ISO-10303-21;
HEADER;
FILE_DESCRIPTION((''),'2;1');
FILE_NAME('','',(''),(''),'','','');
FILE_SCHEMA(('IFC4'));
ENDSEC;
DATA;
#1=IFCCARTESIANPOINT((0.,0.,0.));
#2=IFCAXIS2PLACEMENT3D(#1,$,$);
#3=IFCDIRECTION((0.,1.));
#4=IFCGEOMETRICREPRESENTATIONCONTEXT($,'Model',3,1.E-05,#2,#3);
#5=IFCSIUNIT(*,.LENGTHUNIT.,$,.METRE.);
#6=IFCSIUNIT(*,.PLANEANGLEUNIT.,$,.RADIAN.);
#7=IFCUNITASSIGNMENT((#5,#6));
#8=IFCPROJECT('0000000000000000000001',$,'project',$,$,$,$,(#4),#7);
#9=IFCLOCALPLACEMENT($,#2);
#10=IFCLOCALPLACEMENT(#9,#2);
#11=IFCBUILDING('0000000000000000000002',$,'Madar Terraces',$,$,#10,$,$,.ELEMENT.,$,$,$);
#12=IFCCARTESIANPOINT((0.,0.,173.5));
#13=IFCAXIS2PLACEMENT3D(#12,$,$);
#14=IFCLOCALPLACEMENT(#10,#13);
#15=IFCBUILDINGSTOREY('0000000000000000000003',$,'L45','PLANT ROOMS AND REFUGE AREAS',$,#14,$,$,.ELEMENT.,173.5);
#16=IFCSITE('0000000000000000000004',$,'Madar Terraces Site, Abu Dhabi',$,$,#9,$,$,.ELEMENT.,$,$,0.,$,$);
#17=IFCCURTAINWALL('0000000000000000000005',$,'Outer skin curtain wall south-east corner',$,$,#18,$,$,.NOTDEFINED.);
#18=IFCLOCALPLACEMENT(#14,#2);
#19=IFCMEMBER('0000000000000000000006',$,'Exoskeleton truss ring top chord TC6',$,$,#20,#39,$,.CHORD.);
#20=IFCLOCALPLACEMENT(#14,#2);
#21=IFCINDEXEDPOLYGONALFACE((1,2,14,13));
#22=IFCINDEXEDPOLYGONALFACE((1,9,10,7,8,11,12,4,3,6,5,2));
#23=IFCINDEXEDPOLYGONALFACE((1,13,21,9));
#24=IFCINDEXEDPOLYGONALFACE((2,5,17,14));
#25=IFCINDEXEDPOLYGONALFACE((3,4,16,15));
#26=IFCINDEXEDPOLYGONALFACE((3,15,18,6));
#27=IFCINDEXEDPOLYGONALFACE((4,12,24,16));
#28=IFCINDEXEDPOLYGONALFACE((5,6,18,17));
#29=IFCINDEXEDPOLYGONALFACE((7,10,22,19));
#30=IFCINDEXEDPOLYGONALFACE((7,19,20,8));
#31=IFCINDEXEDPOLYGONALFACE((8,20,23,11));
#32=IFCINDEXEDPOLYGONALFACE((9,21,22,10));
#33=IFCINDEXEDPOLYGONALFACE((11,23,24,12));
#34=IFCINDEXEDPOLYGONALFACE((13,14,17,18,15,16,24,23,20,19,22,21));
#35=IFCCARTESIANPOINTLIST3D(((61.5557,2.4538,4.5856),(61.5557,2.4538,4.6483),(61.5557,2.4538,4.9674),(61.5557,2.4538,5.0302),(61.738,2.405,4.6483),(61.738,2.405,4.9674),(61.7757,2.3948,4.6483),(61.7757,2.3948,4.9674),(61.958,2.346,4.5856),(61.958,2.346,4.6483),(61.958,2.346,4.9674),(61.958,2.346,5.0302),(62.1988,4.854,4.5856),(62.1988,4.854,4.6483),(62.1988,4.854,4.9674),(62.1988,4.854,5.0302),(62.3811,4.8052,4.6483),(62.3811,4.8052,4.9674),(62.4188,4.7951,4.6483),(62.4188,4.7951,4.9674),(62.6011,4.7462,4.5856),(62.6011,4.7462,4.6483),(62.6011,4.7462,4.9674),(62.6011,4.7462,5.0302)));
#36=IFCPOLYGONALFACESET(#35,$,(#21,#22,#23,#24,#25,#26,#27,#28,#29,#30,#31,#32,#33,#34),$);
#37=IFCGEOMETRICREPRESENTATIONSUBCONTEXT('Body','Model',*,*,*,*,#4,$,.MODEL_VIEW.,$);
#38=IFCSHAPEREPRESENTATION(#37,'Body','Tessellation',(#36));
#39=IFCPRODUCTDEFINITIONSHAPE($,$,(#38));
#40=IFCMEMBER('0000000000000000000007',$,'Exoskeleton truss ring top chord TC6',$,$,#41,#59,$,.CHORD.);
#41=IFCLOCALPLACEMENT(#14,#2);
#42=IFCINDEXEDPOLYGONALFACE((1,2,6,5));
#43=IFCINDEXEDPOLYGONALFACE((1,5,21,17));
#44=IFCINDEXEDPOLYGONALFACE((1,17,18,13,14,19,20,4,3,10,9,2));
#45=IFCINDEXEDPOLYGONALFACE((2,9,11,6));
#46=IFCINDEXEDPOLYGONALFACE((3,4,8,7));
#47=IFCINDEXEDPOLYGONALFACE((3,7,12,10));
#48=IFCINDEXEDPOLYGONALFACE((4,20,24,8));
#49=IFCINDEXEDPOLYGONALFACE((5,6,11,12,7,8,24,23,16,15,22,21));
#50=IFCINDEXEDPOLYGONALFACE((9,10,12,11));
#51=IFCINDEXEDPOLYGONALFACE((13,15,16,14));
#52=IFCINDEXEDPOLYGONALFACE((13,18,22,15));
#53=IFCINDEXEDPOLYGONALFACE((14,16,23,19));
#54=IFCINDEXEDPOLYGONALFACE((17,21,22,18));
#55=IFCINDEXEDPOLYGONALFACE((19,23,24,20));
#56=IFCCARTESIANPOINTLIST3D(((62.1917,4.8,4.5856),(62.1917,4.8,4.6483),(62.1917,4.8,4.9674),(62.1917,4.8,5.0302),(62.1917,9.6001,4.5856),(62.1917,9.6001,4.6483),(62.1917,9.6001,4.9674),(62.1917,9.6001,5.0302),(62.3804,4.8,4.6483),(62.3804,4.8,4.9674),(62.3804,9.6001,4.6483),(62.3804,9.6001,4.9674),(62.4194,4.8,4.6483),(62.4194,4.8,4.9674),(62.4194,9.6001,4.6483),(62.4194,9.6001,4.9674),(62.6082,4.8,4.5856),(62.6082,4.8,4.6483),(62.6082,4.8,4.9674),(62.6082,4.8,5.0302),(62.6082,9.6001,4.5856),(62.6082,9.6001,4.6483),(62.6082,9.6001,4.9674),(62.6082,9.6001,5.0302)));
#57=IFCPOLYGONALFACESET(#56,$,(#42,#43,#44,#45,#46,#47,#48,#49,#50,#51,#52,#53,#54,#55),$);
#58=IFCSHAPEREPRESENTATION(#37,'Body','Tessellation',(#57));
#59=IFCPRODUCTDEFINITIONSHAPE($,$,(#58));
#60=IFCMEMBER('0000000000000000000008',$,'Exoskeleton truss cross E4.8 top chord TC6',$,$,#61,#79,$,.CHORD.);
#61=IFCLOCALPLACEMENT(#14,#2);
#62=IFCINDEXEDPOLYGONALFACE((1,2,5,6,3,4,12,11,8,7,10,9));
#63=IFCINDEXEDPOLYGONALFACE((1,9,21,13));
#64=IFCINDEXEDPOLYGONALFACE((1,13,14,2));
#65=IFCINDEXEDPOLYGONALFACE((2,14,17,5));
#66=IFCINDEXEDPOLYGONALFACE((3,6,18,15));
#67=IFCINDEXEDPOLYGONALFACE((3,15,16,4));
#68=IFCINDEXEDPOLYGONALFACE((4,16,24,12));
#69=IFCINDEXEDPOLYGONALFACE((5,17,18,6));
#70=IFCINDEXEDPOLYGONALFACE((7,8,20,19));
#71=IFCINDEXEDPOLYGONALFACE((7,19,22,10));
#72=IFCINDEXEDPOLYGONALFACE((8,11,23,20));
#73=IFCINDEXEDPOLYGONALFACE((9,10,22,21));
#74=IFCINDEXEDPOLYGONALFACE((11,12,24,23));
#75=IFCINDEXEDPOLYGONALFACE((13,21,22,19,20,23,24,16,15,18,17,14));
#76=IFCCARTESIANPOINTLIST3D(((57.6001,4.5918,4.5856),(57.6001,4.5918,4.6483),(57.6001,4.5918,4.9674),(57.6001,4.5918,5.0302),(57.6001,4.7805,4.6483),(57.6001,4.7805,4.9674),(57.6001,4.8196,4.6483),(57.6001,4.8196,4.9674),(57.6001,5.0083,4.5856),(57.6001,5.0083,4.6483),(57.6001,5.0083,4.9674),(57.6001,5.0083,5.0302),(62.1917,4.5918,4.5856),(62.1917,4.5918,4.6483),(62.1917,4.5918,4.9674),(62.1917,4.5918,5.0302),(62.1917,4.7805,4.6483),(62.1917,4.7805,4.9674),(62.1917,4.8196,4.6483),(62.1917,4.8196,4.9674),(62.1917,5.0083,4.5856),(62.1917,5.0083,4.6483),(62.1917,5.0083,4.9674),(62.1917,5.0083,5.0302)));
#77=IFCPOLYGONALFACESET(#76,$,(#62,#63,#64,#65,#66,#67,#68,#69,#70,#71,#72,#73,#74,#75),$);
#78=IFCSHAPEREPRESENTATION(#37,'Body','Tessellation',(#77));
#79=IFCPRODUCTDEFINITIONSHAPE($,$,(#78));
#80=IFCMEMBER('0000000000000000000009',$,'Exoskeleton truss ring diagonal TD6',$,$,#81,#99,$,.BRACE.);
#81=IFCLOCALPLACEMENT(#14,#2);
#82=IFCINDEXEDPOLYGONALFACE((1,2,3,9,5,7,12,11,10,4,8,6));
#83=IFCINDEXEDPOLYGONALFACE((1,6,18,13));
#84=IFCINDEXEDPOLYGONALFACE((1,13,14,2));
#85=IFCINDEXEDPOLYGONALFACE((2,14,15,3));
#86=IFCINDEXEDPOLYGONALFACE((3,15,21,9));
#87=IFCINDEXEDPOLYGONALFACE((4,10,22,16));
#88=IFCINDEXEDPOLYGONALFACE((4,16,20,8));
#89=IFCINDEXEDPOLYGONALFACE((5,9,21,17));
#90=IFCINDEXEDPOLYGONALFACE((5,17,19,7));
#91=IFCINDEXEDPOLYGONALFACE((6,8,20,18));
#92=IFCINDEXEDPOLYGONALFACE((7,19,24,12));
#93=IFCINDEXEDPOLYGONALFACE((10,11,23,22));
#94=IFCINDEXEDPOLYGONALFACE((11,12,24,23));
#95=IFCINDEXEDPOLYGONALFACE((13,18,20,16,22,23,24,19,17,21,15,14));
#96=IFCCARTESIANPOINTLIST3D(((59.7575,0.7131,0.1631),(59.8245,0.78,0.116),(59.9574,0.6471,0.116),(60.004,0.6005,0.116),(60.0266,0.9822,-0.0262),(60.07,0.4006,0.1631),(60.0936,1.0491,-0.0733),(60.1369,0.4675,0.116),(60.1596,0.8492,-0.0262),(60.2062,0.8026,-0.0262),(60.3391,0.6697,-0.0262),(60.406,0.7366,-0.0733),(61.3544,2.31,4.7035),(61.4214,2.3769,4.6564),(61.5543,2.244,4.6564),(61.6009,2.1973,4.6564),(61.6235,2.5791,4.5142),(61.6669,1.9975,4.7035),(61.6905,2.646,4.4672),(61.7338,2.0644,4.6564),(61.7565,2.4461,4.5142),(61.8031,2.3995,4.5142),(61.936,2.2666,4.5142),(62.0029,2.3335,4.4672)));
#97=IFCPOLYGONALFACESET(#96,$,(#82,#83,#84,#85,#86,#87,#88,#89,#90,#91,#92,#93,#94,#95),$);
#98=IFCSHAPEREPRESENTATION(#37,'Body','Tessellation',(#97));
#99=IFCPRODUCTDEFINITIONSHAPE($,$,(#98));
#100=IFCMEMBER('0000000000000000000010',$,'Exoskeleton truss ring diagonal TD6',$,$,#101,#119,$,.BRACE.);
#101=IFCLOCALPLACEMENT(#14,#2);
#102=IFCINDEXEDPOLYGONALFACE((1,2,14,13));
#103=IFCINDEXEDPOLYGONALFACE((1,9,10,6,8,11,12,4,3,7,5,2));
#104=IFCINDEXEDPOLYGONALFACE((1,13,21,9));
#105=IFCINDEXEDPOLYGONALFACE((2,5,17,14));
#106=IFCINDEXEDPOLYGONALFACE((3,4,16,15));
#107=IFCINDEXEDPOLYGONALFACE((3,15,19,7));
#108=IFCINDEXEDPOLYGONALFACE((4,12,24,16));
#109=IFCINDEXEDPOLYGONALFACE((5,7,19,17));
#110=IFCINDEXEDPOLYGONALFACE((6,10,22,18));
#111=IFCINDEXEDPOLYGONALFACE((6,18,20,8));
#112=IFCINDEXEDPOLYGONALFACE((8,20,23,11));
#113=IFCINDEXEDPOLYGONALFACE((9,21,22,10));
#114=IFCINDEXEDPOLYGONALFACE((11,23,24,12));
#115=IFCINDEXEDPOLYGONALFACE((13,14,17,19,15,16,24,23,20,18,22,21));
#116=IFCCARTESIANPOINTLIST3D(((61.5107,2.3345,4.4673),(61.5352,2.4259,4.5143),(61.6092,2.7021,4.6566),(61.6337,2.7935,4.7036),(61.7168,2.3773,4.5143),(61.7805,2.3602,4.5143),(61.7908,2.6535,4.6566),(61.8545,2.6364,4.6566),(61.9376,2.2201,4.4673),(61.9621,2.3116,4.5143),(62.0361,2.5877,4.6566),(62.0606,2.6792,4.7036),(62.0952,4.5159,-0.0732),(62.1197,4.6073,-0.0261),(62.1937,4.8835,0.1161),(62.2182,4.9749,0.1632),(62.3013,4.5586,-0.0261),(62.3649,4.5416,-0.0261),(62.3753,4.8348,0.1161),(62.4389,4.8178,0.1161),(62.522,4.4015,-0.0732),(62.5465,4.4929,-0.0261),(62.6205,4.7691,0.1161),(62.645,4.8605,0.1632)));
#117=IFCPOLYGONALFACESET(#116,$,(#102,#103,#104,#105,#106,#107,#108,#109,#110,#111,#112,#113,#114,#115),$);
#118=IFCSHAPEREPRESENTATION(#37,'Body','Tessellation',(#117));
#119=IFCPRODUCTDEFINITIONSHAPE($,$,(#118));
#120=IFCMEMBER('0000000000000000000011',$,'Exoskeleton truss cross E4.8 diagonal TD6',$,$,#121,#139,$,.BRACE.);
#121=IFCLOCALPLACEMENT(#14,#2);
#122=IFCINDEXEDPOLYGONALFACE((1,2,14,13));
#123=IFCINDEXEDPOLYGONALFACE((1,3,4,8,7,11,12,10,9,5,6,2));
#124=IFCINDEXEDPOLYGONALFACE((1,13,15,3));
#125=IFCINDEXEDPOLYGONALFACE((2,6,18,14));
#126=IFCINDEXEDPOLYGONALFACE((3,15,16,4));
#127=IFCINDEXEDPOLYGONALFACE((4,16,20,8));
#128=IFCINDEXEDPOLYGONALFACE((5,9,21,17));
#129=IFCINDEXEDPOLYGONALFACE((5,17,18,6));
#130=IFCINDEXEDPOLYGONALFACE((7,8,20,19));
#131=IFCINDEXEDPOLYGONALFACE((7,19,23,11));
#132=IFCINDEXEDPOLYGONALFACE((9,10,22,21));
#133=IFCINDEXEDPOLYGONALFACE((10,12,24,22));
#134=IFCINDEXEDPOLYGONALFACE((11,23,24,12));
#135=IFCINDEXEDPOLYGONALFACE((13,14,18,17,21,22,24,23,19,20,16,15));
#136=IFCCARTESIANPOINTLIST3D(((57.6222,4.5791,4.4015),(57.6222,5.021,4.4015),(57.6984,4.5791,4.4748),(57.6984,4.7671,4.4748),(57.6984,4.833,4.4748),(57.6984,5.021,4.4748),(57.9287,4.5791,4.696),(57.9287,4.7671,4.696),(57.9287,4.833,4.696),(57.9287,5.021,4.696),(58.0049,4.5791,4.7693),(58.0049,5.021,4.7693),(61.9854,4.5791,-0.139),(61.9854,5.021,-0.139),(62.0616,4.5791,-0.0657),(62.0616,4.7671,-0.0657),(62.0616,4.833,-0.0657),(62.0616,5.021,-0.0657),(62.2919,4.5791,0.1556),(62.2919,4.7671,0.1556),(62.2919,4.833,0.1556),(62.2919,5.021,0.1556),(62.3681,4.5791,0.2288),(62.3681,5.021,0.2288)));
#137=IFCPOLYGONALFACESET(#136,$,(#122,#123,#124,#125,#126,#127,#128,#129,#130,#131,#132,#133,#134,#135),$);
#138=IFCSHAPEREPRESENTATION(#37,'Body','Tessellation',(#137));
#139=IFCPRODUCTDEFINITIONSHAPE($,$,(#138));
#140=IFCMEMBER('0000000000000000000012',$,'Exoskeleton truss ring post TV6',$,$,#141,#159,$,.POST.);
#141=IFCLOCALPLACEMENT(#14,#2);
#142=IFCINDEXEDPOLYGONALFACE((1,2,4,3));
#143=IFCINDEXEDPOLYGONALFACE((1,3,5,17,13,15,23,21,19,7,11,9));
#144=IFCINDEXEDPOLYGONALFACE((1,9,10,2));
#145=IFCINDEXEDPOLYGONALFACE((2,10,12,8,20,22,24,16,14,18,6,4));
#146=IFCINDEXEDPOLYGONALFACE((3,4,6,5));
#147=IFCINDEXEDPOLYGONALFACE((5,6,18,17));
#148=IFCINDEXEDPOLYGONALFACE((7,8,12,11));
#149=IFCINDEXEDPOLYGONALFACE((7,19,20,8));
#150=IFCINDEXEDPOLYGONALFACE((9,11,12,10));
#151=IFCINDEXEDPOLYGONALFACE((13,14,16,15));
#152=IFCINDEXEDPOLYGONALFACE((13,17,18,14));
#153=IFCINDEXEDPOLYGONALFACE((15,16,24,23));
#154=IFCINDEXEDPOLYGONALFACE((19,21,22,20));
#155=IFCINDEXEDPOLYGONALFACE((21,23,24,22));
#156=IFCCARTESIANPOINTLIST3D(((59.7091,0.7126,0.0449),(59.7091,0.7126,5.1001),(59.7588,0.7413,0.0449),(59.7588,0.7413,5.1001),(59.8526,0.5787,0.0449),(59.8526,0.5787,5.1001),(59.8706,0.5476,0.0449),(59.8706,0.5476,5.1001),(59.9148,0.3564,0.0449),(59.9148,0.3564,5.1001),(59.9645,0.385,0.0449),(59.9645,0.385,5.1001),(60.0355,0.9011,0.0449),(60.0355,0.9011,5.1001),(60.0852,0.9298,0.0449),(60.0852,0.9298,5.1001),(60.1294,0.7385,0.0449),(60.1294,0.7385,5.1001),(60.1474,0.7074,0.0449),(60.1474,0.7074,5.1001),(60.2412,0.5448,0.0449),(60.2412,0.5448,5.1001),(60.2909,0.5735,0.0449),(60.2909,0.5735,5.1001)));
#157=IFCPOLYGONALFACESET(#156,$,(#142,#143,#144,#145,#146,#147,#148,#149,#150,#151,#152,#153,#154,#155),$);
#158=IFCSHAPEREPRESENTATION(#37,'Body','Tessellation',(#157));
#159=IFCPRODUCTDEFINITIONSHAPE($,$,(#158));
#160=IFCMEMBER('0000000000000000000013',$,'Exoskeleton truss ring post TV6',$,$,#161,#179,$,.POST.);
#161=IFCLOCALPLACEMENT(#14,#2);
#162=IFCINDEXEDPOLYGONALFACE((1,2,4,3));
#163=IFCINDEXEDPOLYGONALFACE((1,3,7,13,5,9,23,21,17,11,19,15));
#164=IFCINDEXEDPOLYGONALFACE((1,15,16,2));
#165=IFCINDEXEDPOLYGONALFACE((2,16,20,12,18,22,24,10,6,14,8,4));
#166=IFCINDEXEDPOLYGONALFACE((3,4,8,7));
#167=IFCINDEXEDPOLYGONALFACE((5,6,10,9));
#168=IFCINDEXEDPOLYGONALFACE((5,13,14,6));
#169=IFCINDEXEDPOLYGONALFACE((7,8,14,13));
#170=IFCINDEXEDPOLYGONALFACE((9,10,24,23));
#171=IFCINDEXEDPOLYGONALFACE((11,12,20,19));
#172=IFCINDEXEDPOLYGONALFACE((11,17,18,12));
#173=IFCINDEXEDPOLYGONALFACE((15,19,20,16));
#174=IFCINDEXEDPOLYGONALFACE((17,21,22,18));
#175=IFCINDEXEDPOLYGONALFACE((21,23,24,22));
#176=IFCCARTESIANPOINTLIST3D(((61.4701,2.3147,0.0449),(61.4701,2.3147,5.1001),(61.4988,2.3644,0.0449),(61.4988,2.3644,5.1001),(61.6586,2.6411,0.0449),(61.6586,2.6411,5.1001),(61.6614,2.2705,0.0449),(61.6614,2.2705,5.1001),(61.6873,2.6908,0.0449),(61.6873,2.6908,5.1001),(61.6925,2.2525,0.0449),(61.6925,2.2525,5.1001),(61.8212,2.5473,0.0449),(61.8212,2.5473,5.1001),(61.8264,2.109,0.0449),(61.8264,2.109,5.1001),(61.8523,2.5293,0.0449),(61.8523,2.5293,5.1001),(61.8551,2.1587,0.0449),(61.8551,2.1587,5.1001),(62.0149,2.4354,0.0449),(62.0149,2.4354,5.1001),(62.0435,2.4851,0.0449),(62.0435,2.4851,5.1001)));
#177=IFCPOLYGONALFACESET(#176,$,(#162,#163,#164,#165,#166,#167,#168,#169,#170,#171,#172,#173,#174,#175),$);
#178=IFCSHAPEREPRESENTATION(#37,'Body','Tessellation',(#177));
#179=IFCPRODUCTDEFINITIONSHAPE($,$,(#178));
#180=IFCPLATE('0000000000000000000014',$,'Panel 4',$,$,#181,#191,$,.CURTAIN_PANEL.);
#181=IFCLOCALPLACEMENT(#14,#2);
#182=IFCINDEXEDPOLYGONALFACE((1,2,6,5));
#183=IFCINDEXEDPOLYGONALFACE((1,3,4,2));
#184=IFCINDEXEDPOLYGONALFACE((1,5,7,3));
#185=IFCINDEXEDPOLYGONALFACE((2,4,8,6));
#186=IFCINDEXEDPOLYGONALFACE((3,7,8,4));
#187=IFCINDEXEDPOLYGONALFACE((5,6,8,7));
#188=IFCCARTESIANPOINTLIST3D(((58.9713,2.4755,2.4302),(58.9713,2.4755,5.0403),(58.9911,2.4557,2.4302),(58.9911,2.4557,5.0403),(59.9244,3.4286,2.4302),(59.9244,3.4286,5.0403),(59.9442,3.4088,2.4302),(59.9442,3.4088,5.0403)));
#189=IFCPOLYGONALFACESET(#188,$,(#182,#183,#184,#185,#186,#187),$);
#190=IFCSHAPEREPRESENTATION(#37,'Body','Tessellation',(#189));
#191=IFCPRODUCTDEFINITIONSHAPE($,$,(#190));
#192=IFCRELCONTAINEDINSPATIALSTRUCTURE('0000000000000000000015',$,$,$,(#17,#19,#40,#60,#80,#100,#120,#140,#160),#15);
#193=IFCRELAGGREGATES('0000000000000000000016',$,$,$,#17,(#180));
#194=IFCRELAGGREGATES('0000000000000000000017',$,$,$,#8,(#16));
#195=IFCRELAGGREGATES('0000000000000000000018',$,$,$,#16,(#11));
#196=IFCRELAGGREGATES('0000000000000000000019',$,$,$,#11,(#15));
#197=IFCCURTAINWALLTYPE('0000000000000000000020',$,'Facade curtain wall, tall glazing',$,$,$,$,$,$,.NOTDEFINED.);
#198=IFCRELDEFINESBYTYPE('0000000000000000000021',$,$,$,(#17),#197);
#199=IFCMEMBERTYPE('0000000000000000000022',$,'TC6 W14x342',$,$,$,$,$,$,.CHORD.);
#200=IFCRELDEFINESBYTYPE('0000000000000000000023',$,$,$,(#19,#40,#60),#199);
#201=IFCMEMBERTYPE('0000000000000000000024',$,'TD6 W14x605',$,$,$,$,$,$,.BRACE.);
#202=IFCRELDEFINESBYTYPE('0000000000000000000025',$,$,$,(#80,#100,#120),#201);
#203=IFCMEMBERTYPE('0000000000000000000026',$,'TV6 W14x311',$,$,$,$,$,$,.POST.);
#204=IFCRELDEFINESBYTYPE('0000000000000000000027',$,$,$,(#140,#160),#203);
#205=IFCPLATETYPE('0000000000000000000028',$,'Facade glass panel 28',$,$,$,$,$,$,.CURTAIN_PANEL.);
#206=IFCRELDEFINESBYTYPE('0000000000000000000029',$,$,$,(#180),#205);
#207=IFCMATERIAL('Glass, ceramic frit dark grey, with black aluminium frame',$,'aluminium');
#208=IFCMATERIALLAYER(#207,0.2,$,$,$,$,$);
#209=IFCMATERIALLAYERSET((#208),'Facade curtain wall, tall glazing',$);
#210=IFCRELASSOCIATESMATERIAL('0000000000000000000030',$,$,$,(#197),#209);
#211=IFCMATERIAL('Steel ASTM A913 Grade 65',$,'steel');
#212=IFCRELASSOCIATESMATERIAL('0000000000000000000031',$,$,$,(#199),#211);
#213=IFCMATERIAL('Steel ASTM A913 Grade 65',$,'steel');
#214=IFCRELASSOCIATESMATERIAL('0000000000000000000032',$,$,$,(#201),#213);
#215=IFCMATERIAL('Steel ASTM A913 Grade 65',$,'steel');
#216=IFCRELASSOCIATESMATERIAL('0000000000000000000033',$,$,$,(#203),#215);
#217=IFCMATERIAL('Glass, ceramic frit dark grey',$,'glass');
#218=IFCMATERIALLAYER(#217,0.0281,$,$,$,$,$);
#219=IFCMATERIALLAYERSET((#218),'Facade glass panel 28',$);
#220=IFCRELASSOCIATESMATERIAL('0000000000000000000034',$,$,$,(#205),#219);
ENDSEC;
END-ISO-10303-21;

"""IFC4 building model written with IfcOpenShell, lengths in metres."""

from ifc_helpers import new_model, si_unit, direction, frame, origin, origin_2d, place, context, subcontext, project, spatial, rectangle, i_section, extrude, material, layer, layer_set, material_profile, profile_set, type_object, element, aggregate, save


model = new_model("IFC4")

# Units and contexts
model_context = context("Model", 3, precision=1e-05, world=origin(), true_north=direction((0.0, 1.0)))
body_context = subcontext(model_context, "Body", "Model", "MODEL_VIEW")
ifc_project = project(units=[si_unit("LENGTHUNIT", "METRE"), si_unit("PLANEANGLEUNIT", "RADIAN")], contexts=[model_context])

# Site, building, storey
site_placement = place(None, origin())
site = spatial("IfcSite", under=ifc_project, at=site_placement, Name="Madar Terraces Site, Abu Dhabi", CompositionType="ELEMENT", RefElevation=0.0)
building_placement = place(site_placement, origin())
building = spatial("IfcBuilding", under=site, at=building_placement, Name="Madar Terraces", CompositionType="ELEMENT")
storey_placement = place(building_placement, frame((0.0, 0.0, 173.5)))
storey = spatial("IfcBuildingStorey", under=building, at=storey_placement, Name="L45", Description="PLANT ROOMS AND REFUGE AREAS", CompositionType="ELEMENT", Elevation=173.5)

# Curtain wall
ifc_material_1 = material(Name="Glass, ceramic frit dark grey, with black aluminium frame", Category="aluminium")
ifc_layer_1 = layer(ifc_material_1, 0.2)
ifc_layer_set_1 = layer_set([ifc_layer_1], Name="Facade curtain wall, tall glazing")
curtain_wall_type = type_object("IfcCurtainWallType", Name="Facade curtain wall, tall glazing", PredefinedType="NOTDEFINED", material=ifc_layer_set_1)
curtain_wall_1_placement = place(storey_placement, origin())
curtain_wall_1 = element("IfcCurtainWall", 1, at=curtain_wall_1_placement, inside=storey, type_object=curtain_wall_type, Name="Outer skin curtain wall south-east corner", PredefinedType="NOTDEFINED")

# Members
ifc_material_2 = material(Name="Steel ASTM A913 Grade 65", Category="steel")
ifc_material_profile_1 = material_profile(ifc_material_2, i_section(OverallWidth=0.4165, OverallDepth=0.4446, WebThickness=0.0391, FlangeThickness=0.0627, at=origin_2d()), Name="W14x342")
ifc_profile_set_1 = profile_set([ifc_material_profile_1], Name="Steel ASTM A913 Grade 65")
member_type_1 = type_object("IfcMemberType", Name="TC6 W14x342", PredefinedType="CHORD", material=ifc_profile_set_1)
member_1_placement = place(storey_placement, frame((61.7568, 2.3999, 4.8079), z_axis=(0.2588, 0.965931, 0.0), x_axis=(-0.965931, 0.2588, 0.0)))
element("IfcMember", 2, at=member_1_placement, inside=storey, type_object=member_type_1, Name="Exoskeleton truss ring top chord TC6", PredefinedType="CHORD", context=body_context, shape_type="SweptSolid", body=[
    extrude(i_section(OverallWidth=0.4165, OverallDepth=0.4446, WebThickness=0.0391, FlangeThickness=0.0627, at=origin_2d()), origin(), (0.0, 0.0, 1.0), 2.4849),
])
member_2_placement = place(storey_placement, frame((62.3999, 4.8, 4.8079), z_axis=(0.0, 1.0, 0.0), x_axis=(-1.0, 0.0, 0.0)))
element("IfcMember", 3, at=member_2_placement, inside=storey, type_object=member_type_1, Name="Exoskeleton truss ring top chord TC6", PredefinedType="CHORD", context=body_context, shape_type="SweptSolid", body=[
    extrude(i_section(OverallWidth=0.4165, OverallDepth=0.4446, WebThickness=0.0391, FlangeThickness=0.0627, at=origin_2d()), origin(), (0.0, 0.0, 1.0), 4.8),
])
member_3_placement = place(storey_placement, frame((62.1917, 4.8, 4.8079), z_axis=(-1.0, 0.0, 0.0), x_axis=(0.0, -1.0, 0.0)))
element("IfcMember", 4, at=member_3_placement, inside=storey, type_object=member_type_1, Name="Exoskeleton truss cross E4.8 top chord TC6", PredefinedType="CHORD", context=body_context, shape_type="SweptSolid", body=[
    extrude(i_section(OverallWidth=0.4165, OverallDepth=0.4446, WebThickness=0.0391, FlangeThickness=0.0627, at=origin_2d()), origin(), (0.0, 0.0, 1.0), 4.5916),
])
ifc_material_3 = material(Name="Steel ASTM A913 Grade 65", Category="steel")
ifc_material_profile_2 = material_profile(ifc_material_3, i_section(OverallWidth=0.4419, OverallDepth=0.5308, WebThickness=0.0659, FlangeThickness=0.1057, at=origin_2d()), Name="W14x605")
ifc_profile_set_2 = profile_set([ifc_material_profile_2], Name="Steel ASTM A913 Grade 65")
member_type_2 = type_object("IfcMemberType", Name="TD6 W14x605", PredefinedType="BRACE", material=ifc_profile_set_2)
for number, where, z_axis, x_axis, name in (
    (5, (60.0818, 0.7249, 0.0449), (0.314903, 0.314903, 0.895362), (-0.707107, 0.707107, 0.0), "Exoskeleton truss ring diagonal TD6"),
    (6, (61.7856, 2.5068, 4.5854), (0.115255, 0.430159, -0.895366), (-0.965929, 0.258806, 0.0), "Exoskeleton truss ring diagonal TD6"),
):
    element("IfcMember", number, at=place(storey_placement, frame(where, z_axis=z_axis, x_axis=x_axis)), inside=storey, type_object=member_type_2, Name=name, PredefinedType="BRACE", context=body_context, shape_type="SweptSolid", body=[
        extrude(i_section(OverallWidth=0.4419, OverallDepth=0.5308, WebThickness=0.0659, FlangeThickness=0.1057, at=origin_2d()), origin(), (0.0, 0.0, 1.0), 5.071),
    ])
member_4_placement = place(storey_placement, frame((62.1768, 4.8, 0.0449), z_axis=(-0.692893, 0.0, 0.72104), x_axis=(0.0, -1.0, 0.0)))
element("IfcMember", 7, at=member_4_placement, inside=storey, type_object=member_type_2, Name="Exoskeleton truss cross E4.8 diagonal TD6", PredefinedType="BRACE", context=body_context, shape_type="SweptSolid", body=[
    extrude(i_section(OverallWidth=0.4419, OverallDepth=0.5308, WebThickness=0.0659, FlangeThickness=0.1057, at=origin_2d()), origin(), (0.0, 0.0, 1.0), 6.2971),
])
ifc_material_4 = material(Name="Steel ASTM A913 Grade 65", Category="steel")
ifc_material_profile_3 = material_profile(ifc_material_4, i_section(OverallWidth=0.4114, OverallDepth=0.4343, WebThickness=0.0359, FlangeThickness=0.0574, at=origin_2d()), Name="W14x311")
ifc_profile_set_3 = profile_set([ifc_material_profile_3], Name="Steel ASTM A913 Grade 65")
member_type_3 = type_object("IfcMemberType", Name="TV6 W14x311", PredefinedType="POST", material=ifc_profile_set_3)
for number, where, z_axis, x_axis, name in (
    (8, (60.0, 0.6431, 0.0449), (0.0, 0.0, 1.0), (-0.5, 0.866025, 0.0), "Exoskeleton truss ring post TV6"),
    (9, (61.7568, 2.3999, 0.0449), (0.0, 0.0, 1.0), (-0.866025, 0.5, 0.0), "Exoskeleton truss ring post TV6"),
):
    element("IfcMember", number, at=place(storey_placement, frame(where, z_axis=z_axis, x_axis=x_axis)), inside=storey, type_object=member_type_3, Name=name, PredefinedType="POST", context=body_context, shape_type="SweptSolid", body=[
        extrude(i_section(OverallWidth=0.4114, OverallDepth=0.4343, WebThickness=0.0359, FlangeThickness=0.0574, at=origin_2d()), origin(), (0.0, 0.0, 1.0), 5.0552),
    ])

# Plate
ifc_material_5 = material(Name="Glass, ceramic frit dark grey", Category="glass")
ifc_layer_2 = layer(ifc_material_5, 0.0281)
ifc_layer_set_2 = layer_set([ifc_layer_2], Name="Facade glass panel 28")
plate_type = type_object("IfcPlateType", Name="Facade glass panel 28", PredefinedType="CURTAIN_PANEL", material=ifc_layer_set_2)
plate_1_placement = place(storey_placement, frame((59.4578, 2.9421, 2.4302), z_axis=(0.0, 0.0, 1.0), x_axis=(0.707107, 0.707107, 0.0)))
plate_1 = element("IfcPlate", 10, at=plate_1_placement, type_object=plate_type, Name="Panel 4", PredefinedType="CURTAIN_PANEL", context=body_context, shape_type="SweptSolid", body=[
    extrude(rectangle(XDim=1.3479, YDim=0.0281, at=origin_2d()), origin(), (0.0, 0.0, 1.0), 2.6101),
])
aggregate(curtain_wall_1, [plate_1])

save(model, "model.ifc")
